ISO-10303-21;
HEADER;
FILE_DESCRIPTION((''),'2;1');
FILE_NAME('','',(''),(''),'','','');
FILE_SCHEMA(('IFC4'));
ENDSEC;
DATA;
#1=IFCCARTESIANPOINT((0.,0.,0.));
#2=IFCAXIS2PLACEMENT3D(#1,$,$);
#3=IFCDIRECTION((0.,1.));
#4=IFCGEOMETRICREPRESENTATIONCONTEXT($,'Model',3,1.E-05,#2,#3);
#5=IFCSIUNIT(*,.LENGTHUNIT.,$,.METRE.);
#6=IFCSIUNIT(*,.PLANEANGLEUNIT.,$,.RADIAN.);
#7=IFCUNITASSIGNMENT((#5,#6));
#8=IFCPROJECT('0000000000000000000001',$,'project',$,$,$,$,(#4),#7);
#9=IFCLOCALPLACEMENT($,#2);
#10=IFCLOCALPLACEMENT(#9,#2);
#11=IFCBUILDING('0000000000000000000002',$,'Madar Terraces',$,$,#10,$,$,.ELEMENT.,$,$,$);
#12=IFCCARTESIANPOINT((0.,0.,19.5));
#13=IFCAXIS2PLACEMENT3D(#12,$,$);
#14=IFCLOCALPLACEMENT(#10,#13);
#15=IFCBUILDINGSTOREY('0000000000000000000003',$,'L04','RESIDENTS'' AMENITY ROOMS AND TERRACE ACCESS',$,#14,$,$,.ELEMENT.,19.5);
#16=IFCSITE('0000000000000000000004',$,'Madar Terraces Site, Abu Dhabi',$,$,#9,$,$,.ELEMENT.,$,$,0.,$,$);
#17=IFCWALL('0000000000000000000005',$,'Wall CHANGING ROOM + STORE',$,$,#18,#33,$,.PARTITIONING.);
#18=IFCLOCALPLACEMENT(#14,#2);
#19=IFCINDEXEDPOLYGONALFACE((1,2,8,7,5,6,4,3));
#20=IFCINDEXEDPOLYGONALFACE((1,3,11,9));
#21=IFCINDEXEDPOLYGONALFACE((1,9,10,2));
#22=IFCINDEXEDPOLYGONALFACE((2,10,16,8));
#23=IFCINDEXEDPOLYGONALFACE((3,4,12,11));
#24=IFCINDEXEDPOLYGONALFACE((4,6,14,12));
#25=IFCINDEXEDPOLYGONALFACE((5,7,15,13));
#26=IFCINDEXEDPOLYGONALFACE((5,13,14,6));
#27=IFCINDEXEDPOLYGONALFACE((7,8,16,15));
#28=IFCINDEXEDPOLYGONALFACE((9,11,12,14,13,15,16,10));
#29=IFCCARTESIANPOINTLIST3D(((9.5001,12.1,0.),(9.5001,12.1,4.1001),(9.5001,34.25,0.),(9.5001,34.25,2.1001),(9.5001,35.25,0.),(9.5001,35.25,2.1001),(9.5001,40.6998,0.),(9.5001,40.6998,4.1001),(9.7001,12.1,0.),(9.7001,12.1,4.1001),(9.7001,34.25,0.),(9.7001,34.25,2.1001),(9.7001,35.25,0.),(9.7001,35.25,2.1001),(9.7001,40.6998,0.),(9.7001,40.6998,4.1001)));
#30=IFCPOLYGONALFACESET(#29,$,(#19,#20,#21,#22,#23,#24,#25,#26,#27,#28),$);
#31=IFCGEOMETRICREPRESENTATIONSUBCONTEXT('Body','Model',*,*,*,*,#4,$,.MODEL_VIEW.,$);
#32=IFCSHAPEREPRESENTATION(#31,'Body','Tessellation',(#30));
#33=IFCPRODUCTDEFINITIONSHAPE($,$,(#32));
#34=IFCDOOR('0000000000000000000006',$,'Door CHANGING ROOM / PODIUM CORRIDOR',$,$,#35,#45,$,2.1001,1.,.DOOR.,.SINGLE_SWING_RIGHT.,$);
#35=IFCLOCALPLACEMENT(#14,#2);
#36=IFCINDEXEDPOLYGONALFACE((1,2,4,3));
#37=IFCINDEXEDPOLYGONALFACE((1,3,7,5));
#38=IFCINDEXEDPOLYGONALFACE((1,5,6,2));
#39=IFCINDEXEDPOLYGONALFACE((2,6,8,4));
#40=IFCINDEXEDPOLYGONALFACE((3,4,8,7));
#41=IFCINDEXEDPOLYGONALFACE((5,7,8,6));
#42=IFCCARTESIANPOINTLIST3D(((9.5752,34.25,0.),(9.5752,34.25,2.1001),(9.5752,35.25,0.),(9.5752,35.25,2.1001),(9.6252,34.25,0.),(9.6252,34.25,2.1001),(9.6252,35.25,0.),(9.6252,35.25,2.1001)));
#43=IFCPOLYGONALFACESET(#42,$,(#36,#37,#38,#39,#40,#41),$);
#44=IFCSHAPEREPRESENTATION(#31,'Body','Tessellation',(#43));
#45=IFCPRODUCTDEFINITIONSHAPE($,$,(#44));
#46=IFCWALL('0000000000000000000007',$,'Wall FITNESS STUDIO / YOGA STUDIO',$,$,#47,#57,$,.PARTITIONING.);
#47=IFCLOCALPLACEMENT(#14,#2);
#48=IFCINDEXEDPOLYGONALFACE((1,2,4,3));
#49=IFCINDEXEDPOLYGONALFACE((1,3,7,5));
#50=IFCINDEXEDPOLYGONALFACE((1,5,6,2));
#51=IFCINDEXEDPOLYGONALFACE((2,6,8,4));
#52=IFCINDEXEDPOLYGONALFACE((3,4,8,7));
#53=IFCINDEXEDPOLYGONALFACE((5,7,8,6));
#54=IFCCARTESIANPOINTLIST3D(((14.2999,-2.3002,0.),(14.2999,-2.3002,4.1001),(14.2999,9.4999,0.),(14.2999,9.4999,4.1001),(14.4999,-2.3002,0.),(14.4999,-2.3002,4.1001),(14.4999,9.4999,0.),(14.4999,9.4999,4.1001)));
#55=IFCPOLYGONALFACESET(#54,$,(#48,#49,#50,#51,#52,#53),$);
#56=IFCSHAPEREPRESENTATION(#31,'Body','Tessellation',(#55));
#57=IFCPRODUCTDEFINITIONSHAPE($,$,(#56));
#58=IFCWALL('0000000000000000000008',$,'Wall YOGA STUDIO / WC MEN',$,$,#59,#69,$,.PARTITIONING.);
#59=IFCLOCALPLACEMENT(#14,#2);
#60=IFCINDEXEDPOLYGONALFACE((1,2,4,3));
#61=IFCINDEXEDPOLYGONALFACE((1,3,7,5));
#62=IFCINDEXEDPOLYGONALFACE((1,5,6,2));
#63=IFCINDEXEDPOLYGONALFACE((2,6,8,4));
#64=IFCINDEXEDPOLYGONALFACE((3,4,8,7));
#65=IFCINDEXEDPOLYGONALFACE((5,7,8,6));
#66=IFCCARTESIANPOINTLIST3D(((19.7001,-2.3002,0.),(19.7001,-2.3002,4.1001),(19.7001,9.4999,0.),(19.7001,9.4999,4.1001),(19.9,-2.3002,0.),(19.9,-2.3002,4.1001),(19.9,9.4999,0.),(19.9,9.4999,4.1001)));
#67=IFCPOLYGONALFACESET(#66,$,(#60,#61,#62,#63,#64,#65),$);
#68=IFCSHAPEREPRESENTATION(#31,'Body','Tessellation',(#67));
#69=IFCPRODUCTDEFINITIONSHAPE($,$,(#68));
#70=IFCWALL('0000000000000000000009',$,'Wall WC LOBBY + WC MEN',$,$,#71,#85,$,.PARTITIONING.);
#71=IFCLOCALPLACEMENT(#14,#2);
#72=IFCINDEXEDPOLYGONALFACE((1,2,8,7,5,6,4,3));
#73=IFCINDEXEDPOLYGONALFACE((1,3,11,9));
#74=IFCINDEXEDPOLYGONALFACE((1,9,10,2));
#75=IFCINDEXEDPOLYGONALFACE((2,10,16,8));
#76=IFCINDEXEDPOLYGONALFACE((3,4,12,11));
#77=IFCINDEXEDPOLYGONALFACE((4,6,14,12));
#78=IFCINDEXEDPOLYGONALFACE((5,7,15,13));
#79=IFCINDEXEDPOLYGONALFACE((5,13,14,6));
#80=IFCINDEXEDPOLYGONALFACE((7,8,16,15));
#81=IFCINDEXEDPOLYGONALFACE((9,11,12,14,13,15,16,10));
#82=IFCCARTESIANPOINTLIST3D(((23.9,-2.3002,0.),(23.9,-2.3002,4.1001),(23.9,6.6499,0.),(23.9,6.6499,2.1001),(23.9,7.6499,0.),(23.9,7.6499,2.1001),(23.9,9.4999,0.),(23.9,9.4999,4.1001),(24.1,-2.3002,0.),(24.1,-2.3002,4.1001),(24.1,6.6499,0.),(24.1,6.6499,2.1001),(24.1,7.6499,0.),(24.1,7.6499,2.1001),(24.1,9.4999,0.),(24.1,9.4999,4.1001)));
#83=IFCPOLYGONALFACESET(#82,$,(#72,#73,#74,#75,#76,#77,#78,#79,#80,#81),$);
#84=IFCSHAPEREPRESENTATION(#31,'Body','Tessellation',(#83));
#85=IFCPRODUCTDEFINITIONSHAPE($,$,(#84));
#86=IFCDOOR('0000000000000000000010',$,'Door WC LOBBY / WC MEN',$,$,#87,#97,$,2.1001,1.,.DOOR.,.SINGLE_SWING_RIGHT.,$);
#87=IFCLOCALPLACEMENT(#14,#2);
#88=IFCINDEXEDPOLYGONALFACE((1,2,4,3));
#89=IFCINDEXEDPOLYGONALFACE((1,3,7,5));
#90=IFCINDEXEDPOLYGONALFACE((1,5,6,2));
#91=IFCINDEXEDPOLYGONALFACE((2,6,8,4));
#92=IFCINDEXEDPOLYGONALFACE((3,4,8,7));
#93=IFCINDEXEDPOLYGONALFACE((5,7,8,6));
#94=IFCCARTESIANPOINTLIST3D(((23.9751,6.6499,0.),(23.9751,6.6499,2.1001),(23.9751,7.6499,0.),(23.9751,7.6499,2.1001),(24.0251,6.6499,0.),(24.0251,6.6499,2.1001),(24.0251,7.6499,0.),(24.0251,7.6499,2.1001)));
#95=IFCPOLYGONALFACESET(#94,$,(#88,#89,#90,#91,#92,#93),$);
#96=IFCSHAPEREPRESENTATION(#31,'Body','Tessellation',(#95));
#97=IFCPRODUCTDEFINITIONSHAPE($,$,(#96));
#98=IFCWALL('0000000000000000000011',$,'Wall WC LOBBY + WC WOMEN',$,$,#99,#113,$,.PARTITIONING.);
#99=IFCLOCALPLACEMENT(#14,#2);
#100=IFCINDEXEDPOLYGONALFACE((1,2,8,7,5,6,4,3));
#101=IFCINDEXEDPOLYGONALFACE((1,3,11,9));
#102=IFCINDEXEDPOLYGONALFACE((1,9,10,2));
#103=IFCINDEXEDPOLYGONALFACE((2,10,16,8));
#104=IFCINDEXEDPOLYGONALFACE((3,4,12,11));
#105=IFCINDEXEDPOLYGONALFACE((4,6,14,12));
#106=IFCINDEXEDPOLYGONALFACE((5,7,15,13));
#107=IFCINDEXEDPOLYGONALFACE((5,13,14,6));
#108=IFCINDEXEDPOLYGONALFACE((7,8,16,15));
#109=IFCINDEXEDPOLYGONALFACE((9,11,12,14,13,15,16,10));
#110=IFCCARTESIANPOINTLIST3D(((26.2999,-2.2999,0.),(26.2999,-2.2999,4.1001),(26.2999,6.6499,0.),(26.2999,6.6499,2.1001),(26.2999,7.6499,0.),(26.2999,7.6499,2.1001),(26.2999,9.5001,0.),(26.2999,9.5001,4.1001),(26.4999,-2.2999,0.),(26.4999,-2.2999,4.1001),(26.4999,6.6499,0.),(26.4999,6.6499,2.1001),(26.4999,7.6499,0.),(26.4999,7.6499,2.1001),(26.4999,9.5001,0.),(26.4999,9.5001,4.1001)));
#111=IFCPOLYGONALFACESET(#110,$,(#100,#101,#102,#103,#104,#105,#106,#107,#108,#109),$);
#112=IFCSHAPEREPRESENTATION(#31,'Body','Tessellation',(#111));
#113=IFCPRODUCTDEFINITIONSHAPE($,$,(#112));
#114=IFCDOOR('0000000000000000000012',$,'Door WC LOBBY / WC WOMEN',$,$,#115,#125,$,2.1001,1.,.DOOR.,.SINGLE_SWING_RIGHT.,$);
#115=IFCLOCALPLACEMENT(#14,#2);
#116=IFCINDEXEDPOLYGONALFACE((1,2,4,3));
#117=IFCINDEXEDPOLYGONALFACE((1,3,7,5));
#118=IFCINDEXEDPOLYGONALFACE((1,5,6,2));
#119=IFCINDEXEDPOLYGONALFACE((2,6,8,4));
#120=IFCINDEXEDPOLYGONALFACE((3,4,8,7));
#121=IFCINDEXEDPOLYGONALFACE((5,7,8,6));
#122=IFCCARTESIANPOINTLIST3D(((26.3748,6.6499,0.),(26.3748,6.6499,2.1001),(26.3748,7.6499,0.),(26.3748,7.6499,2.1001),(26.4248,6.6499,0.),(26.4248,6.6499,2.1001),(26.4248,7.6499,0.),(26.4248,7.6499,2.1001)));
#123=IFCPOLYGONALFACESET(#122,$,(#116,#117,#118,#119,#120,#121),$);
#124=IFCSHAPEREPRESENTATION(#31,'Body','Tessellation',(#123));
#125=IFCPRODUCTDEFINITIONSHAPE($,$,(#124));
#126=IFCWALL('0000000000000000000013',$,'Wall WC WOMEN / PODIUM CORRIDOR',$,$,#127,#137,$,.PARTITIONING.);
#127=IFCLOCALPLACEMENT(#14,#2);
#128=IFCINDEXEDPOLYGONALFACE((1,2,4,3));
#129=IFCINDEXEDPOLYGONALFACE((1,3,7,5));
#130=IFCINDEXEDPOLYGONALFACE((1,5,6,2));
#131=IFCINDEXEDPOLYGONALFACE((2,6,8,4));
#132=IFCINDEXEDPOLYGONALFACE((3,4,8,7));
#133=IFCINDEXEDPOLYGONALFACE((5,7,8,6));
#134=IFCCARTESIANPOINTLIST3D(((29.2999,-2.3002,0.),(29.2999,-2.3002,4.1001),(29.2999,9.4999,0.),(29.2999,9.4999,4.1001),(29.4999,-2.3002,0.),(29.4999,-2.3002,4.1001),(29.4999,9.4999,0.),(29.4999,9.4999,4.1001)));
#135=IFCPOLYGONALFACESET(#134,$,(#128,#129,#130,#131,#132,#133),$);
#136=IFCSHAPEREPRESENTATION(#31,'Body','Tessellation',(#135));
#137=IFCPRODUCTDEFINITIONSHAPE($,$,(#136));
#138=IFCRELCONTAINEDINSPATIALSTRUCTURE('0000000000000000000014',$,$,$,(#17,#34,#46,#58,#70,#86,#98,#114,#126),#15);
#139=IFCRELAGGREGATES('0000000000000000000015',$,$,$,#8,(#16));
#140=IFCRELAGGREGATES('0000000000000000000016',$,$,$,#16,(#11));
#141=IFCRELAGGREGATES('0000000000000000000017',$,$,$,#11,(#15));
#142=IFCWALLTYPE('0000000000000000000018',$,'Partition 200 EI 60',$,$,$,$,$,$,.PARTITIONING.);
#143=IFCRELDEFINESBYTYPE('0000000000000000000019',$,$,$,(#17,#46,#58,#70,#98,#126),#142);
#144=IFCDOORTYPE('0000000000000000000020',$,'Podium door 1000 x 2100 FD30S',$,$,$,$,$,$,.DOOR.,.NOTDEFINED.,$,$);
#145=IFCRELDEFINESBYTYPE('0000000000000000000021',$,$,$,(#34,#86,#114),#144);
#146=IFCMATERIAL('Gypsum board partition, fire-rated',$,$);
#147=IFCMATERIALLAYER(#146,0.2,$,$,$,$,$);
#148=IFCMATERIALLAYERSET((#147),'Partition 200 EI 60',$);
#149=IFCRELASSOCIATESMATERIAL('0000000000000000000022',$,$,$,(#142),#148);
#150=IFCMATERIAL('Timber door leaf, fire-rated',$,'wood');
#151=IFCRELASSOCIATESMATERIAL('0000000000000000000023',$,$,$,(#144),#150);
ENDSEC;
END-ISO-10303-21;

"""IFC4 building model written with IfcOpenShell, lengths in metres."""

from ifc_helpers import new_model, si_unit, direction, frame, frame_2d, origin, place, context, subcontext, project, spatial, rectangle, extrude, material, layer, layer_set, type_object, element, fill, save


model = new_model("IFC4")

# Units and contexts
model_context = context("Model", 3, precision=1e-05, world=origin(), true_north=direction((0.0, 1.0)))
body_context = subcontext(model_context, "Body", "Model", "MODEL_VIEW")
ifc_project = project(units=[si_unit("LENGTHUNIT", "METRE"), si_unit("PLANEANGLEUNIT", "RADIAN")], contexts=[model_context])

# Site, building, storey
site_placement = place(None, origin())
site = spatial("IfcSite", under=ifc_project, at=site_placement, Name="Madar Terraces Site, Abu Dhabi", CompositionType="ELEMENT", RefElevation=0.0)
building_placement = place(site_placement, origin())
building = spatial("IfcBuilding", under=site, at=building_placement, Name="Madar Terraces", CompositionType="ELEMENT")
storey_placement = place(building_placement, frame((0.0, 0.0, 19.5)))
storey = spatial("IfcBuildingStorey", under=building, at=storey_placement, Name="L04", Description="RESIDENTS' AMENITY ROOMS AND TERRACE ACCESS", CompositionType="ELEMENT", Elevation=19.5)

# Shared definitions
ifc_material_1 = material(Name="Gypsum board partition, fire-rated")
ifc_layer_1 = layer(ifc_material_1, 0.2)
ifc_layer_set_1 = layer_set([ifc_layer_1], Name="Partition 200 EI 60")
wall_type_1 = type_object("IfcWallType", Name="Partition 200 EI 60", PredefinedType="PARTITIONING", material=ifc_layer_set_1)
ifc_material_2 = material(Name="Timber door leaf, fire-rated", Category="wood")
door_type_1 = type_object("IfcDoorType", Name="Podium door 1000 x 2100 FD30S", OperationType="NOTDEFINED", PredefinedType="DOOR", material=ifc_material_2)

# Wall, opening, door
wall_1_placement = place(storey_placement, frame((9.6001, 12.1001, 0.0), z_axis=(0.0, 0.0, 1.0), x_axis=(0.0, 1.0, 0.0)))
wall_1 = element("IfcWall", 1, at=wall_1_placement, inside=storey, type_object=wall_type_1, Name="Wall CHANGING ROOM + STORE", PredefinedType="PARTITIONING", context=body_context, shape_type="SweptSolid", body=[
    extrude(rectangle(XDim=28.5999, YDim=0.2, at=frame_2d((14.2998, 0.0))), origin(), (0.0, 0.0, 1.0), 4.1001),
])
opening_1_placement = place(wall_1_placement, frame((22.1499, 0.0, 0.0)))
opening_1 = element("IfcOpeningElement", 2, at=opening_1_placement, cuts=wall_1, PredefinedType="OPENING", context=body_context, shape_type="SweptSolid", body=[
    extrude(rectangle(XDim=1.0, YDim=2.1001, at=frame_2d((0.5, 1.05))), frame((0.0, 0.1099, 0.0), z_axis=(0.0, -1.0, 0.0), x_axis=(1.0, 0.0, 0.0)), (0.0, 0.0, 1.0), 0.22),
])
door_1_placement = place(opening_1_placement, origin())
door_1 = element("IfcDoor", 3, at=door_1_placement, inside=storey, type_object=door_type_1, Name="Door CHANGING ROOM / PODIUM CORRIDOR", OperationType="SINGLE_SWING_RIGHT", OverallHeight=2.1001, OverallWidth=1.0, PredefinedType="DOOR", context=body_context, shape_type="SweptSolid", body=[
    extrude(rectangle(XDim=1.0, YDim=2.1001, at=frame_2d((0.5, 1.05))), frame((0.0, 0.0249, 0.0), z_axis=(0.0, -1.0, 0.0), x_axis=(1.0, 0.0, 0.0)), (0.0, 0.0, 1.0), 0.05),
])
fill(opening_1, door_1)

# Walls
for number, where, z_axis, x_axis, name in (
    (4, (14.3999, -2.3, 0.0), (0.0, 0.0, 1.0), (0.0, 1.0, 0.0), "Wall FITNESS STUDIO / YOGA STUDIO"),
    (5, (19.8, -2.3, 0.0), (0.0, 0.0, 1.0), (0.0, 1.0, 0.0), "Wall YOGA STUDIO / WC MEN"),
):
    element("IfcWall", number, at=place(storey_placement, frame(where, z_axis=z_axis, x_axis=x_axis)), inside=storey, type_object=wall_type_1, Name=name, PredefinedType="PARTITIONING", context=body_context, shape_type="SweptSolid", body=[
        extrude(rectangle(XDim=11.8, YDim=0.2, at=frame_2d((5.8999, 0.0))), origin(), (0.0, 0.0, 1.0), 4.1001),
    ])

# Walls, openings, doors
wall_2_placement = place(storey_placement, frame((24.0, -2.3, 0.0), z_axis=(0.0, 0.0, 1.0), x_axis=(0.0, 1.0, 0.0)))
wall_2 = element("IfcWall", 6, at=wall_2_placement, inside=storey, type_object=wall_type_1, Name="Wall WC LOBBY + WC MEN", PredefinedType="PARTITIONING", context=body_context, shape_type="SweptSolid", body=[
    extrude(rectangle(XDim=11.8, YDim=0.2, at=frame_2d((5.8999, 0.0))), origin(), (0.0, 0.0, 1.0), 4.1001),
])
opening_2_placement = place(wall_2_placement, frame((8.95, 0.0, 0.0)))
opening_2 = element("IfcOpeningElement", 7, at=opening_2_placement, cuts=wall_2, PredefinedType="OPENING", context=body_context, shape_type="SweptSolid", body=[
    extrude(rectangle(XDim=1.0, YDim=2.1001, at=frame_2d((0.5, 1.05))), frame((0.0, 0.1099, 0.0), z_axis=(0.0, -1.0, 0.0), x_axis=(1.0, 0.0, 0.0)), (0.0, 0.0, 1.0), 0.22),
])
door_2_placement = place(opening_2_placement, origin())
door_2 = element("IfcDoor", 8, at=door_2_placement, inside=storey, type_object=door_type_1, Name="Door WC LOBBY / WC MEN", OperationType="SINGLE_SWING_RIGHT", OverallHeight=2.1001, OverallWidth=1.0, PredefinedType="DOOR", context=body_context, shape_type="SweptSolid", body=[
    extrude(rectangle(XDim=1.0, YDim=2.1001, at=frame_2d((0.5, 1.05))), frame((0.0, 0.0249, 0.0), z_axis=(0.0, -1.0, 0.0), x_axis=(1.0, 0.0, 0.0)), (0.0, 0.0, 1.0), 0.05),
])
fill(opening_2, door_2)
wall_3_placement = place(storey_placement, frame((26.3999, 9.5, 0.0), z_axis=(0.0, 0.0, 1.0), x_axis=(0.0, -1.0, 0.0)))
wall_3 = element("IfcWall", 9, at=wall_3_placement, inside=storey, type_object=wall_type_1, Name="Wall WC LOBBY + WC WOMEN", PredefinedType="PARTITIONING", context=body_context, shape_type="SweptSolid", body=[
    extrude(rectangle(XDim=11.8, YDim=0.2, at=frame_2d((5.8999, 0.0))), origin(), (0.0, 0.0, 1.0), 4.1001),
])
opening_3_placement = place(wall_3_placement, frame((1.8501, 0.0, 0.0)))
opening_3 = element("IfcOpeningElement", 10, at=opening_3_placement, cuts=wall_3, PredefinedType="OPENING", context=body_context, shape_type="SweptSolid", body=[
    extrude(rectangle(XDim=1.0, YDim=2.1001, at=frame_2d((0.5, 1.05))), frame((0.0, 0.1099, 0.0), z_axis=(0.0, -1.0, 0.0), x_axis=(1.0, 0.0, 0.0)), (0.0, 0.0, 1.0), 0.22),
])
door_3_placement = place(opening_3_placement, origin())
door_3 = element("IfcDoor", 11, at=door_3_placement, inside=storey, type_object=door_type_1, Name="Door WC LOBBY / WC WOMEN", OperationType="SINGLE_SWING_RIGHT", OverallHeight=2.1001, OverallWidth=1.0, PredefinedType="DOOR", context=body_context, shape_type="SweptSolid", body=[
    extrude(rectangle(XDim=1.0, YDim=2.1001, at=frame_2d((0.5, 1.05))), frame((0.0, 0.0249, 0.0), z_axis=(0.0, -1.0, 0.0), x_axis=(1.0, 0.0, 0.0)), (0.0, 0.0, 1.0), 0.05),
])
fill(opening_3, door_3)

# Wall
wall_4_placement = place(storey_placement, frame((29.3999, -2.3, 0.0), z_axis=(0.0, 0.0, 1.0), x_axis=(0.0, 1.0, 0.0)))
element("IfcWall", 12, at=wall_4_placement, inside=storey, type_object=wall_type_1, Name="Wall WC WOMEN / PODIUM CORRIDOR", PredefinedType="PARTITIONING", context=body_context, shape_type="SweptSolid", body=[
    extrude(rectangle(XDim=11.8, YDim=0.2, at=frame_2d((5.8999, 0.0))), origin(), (0.0, 0.0, 1.0), 4.1001),
])

save(model, "model.ifc")
